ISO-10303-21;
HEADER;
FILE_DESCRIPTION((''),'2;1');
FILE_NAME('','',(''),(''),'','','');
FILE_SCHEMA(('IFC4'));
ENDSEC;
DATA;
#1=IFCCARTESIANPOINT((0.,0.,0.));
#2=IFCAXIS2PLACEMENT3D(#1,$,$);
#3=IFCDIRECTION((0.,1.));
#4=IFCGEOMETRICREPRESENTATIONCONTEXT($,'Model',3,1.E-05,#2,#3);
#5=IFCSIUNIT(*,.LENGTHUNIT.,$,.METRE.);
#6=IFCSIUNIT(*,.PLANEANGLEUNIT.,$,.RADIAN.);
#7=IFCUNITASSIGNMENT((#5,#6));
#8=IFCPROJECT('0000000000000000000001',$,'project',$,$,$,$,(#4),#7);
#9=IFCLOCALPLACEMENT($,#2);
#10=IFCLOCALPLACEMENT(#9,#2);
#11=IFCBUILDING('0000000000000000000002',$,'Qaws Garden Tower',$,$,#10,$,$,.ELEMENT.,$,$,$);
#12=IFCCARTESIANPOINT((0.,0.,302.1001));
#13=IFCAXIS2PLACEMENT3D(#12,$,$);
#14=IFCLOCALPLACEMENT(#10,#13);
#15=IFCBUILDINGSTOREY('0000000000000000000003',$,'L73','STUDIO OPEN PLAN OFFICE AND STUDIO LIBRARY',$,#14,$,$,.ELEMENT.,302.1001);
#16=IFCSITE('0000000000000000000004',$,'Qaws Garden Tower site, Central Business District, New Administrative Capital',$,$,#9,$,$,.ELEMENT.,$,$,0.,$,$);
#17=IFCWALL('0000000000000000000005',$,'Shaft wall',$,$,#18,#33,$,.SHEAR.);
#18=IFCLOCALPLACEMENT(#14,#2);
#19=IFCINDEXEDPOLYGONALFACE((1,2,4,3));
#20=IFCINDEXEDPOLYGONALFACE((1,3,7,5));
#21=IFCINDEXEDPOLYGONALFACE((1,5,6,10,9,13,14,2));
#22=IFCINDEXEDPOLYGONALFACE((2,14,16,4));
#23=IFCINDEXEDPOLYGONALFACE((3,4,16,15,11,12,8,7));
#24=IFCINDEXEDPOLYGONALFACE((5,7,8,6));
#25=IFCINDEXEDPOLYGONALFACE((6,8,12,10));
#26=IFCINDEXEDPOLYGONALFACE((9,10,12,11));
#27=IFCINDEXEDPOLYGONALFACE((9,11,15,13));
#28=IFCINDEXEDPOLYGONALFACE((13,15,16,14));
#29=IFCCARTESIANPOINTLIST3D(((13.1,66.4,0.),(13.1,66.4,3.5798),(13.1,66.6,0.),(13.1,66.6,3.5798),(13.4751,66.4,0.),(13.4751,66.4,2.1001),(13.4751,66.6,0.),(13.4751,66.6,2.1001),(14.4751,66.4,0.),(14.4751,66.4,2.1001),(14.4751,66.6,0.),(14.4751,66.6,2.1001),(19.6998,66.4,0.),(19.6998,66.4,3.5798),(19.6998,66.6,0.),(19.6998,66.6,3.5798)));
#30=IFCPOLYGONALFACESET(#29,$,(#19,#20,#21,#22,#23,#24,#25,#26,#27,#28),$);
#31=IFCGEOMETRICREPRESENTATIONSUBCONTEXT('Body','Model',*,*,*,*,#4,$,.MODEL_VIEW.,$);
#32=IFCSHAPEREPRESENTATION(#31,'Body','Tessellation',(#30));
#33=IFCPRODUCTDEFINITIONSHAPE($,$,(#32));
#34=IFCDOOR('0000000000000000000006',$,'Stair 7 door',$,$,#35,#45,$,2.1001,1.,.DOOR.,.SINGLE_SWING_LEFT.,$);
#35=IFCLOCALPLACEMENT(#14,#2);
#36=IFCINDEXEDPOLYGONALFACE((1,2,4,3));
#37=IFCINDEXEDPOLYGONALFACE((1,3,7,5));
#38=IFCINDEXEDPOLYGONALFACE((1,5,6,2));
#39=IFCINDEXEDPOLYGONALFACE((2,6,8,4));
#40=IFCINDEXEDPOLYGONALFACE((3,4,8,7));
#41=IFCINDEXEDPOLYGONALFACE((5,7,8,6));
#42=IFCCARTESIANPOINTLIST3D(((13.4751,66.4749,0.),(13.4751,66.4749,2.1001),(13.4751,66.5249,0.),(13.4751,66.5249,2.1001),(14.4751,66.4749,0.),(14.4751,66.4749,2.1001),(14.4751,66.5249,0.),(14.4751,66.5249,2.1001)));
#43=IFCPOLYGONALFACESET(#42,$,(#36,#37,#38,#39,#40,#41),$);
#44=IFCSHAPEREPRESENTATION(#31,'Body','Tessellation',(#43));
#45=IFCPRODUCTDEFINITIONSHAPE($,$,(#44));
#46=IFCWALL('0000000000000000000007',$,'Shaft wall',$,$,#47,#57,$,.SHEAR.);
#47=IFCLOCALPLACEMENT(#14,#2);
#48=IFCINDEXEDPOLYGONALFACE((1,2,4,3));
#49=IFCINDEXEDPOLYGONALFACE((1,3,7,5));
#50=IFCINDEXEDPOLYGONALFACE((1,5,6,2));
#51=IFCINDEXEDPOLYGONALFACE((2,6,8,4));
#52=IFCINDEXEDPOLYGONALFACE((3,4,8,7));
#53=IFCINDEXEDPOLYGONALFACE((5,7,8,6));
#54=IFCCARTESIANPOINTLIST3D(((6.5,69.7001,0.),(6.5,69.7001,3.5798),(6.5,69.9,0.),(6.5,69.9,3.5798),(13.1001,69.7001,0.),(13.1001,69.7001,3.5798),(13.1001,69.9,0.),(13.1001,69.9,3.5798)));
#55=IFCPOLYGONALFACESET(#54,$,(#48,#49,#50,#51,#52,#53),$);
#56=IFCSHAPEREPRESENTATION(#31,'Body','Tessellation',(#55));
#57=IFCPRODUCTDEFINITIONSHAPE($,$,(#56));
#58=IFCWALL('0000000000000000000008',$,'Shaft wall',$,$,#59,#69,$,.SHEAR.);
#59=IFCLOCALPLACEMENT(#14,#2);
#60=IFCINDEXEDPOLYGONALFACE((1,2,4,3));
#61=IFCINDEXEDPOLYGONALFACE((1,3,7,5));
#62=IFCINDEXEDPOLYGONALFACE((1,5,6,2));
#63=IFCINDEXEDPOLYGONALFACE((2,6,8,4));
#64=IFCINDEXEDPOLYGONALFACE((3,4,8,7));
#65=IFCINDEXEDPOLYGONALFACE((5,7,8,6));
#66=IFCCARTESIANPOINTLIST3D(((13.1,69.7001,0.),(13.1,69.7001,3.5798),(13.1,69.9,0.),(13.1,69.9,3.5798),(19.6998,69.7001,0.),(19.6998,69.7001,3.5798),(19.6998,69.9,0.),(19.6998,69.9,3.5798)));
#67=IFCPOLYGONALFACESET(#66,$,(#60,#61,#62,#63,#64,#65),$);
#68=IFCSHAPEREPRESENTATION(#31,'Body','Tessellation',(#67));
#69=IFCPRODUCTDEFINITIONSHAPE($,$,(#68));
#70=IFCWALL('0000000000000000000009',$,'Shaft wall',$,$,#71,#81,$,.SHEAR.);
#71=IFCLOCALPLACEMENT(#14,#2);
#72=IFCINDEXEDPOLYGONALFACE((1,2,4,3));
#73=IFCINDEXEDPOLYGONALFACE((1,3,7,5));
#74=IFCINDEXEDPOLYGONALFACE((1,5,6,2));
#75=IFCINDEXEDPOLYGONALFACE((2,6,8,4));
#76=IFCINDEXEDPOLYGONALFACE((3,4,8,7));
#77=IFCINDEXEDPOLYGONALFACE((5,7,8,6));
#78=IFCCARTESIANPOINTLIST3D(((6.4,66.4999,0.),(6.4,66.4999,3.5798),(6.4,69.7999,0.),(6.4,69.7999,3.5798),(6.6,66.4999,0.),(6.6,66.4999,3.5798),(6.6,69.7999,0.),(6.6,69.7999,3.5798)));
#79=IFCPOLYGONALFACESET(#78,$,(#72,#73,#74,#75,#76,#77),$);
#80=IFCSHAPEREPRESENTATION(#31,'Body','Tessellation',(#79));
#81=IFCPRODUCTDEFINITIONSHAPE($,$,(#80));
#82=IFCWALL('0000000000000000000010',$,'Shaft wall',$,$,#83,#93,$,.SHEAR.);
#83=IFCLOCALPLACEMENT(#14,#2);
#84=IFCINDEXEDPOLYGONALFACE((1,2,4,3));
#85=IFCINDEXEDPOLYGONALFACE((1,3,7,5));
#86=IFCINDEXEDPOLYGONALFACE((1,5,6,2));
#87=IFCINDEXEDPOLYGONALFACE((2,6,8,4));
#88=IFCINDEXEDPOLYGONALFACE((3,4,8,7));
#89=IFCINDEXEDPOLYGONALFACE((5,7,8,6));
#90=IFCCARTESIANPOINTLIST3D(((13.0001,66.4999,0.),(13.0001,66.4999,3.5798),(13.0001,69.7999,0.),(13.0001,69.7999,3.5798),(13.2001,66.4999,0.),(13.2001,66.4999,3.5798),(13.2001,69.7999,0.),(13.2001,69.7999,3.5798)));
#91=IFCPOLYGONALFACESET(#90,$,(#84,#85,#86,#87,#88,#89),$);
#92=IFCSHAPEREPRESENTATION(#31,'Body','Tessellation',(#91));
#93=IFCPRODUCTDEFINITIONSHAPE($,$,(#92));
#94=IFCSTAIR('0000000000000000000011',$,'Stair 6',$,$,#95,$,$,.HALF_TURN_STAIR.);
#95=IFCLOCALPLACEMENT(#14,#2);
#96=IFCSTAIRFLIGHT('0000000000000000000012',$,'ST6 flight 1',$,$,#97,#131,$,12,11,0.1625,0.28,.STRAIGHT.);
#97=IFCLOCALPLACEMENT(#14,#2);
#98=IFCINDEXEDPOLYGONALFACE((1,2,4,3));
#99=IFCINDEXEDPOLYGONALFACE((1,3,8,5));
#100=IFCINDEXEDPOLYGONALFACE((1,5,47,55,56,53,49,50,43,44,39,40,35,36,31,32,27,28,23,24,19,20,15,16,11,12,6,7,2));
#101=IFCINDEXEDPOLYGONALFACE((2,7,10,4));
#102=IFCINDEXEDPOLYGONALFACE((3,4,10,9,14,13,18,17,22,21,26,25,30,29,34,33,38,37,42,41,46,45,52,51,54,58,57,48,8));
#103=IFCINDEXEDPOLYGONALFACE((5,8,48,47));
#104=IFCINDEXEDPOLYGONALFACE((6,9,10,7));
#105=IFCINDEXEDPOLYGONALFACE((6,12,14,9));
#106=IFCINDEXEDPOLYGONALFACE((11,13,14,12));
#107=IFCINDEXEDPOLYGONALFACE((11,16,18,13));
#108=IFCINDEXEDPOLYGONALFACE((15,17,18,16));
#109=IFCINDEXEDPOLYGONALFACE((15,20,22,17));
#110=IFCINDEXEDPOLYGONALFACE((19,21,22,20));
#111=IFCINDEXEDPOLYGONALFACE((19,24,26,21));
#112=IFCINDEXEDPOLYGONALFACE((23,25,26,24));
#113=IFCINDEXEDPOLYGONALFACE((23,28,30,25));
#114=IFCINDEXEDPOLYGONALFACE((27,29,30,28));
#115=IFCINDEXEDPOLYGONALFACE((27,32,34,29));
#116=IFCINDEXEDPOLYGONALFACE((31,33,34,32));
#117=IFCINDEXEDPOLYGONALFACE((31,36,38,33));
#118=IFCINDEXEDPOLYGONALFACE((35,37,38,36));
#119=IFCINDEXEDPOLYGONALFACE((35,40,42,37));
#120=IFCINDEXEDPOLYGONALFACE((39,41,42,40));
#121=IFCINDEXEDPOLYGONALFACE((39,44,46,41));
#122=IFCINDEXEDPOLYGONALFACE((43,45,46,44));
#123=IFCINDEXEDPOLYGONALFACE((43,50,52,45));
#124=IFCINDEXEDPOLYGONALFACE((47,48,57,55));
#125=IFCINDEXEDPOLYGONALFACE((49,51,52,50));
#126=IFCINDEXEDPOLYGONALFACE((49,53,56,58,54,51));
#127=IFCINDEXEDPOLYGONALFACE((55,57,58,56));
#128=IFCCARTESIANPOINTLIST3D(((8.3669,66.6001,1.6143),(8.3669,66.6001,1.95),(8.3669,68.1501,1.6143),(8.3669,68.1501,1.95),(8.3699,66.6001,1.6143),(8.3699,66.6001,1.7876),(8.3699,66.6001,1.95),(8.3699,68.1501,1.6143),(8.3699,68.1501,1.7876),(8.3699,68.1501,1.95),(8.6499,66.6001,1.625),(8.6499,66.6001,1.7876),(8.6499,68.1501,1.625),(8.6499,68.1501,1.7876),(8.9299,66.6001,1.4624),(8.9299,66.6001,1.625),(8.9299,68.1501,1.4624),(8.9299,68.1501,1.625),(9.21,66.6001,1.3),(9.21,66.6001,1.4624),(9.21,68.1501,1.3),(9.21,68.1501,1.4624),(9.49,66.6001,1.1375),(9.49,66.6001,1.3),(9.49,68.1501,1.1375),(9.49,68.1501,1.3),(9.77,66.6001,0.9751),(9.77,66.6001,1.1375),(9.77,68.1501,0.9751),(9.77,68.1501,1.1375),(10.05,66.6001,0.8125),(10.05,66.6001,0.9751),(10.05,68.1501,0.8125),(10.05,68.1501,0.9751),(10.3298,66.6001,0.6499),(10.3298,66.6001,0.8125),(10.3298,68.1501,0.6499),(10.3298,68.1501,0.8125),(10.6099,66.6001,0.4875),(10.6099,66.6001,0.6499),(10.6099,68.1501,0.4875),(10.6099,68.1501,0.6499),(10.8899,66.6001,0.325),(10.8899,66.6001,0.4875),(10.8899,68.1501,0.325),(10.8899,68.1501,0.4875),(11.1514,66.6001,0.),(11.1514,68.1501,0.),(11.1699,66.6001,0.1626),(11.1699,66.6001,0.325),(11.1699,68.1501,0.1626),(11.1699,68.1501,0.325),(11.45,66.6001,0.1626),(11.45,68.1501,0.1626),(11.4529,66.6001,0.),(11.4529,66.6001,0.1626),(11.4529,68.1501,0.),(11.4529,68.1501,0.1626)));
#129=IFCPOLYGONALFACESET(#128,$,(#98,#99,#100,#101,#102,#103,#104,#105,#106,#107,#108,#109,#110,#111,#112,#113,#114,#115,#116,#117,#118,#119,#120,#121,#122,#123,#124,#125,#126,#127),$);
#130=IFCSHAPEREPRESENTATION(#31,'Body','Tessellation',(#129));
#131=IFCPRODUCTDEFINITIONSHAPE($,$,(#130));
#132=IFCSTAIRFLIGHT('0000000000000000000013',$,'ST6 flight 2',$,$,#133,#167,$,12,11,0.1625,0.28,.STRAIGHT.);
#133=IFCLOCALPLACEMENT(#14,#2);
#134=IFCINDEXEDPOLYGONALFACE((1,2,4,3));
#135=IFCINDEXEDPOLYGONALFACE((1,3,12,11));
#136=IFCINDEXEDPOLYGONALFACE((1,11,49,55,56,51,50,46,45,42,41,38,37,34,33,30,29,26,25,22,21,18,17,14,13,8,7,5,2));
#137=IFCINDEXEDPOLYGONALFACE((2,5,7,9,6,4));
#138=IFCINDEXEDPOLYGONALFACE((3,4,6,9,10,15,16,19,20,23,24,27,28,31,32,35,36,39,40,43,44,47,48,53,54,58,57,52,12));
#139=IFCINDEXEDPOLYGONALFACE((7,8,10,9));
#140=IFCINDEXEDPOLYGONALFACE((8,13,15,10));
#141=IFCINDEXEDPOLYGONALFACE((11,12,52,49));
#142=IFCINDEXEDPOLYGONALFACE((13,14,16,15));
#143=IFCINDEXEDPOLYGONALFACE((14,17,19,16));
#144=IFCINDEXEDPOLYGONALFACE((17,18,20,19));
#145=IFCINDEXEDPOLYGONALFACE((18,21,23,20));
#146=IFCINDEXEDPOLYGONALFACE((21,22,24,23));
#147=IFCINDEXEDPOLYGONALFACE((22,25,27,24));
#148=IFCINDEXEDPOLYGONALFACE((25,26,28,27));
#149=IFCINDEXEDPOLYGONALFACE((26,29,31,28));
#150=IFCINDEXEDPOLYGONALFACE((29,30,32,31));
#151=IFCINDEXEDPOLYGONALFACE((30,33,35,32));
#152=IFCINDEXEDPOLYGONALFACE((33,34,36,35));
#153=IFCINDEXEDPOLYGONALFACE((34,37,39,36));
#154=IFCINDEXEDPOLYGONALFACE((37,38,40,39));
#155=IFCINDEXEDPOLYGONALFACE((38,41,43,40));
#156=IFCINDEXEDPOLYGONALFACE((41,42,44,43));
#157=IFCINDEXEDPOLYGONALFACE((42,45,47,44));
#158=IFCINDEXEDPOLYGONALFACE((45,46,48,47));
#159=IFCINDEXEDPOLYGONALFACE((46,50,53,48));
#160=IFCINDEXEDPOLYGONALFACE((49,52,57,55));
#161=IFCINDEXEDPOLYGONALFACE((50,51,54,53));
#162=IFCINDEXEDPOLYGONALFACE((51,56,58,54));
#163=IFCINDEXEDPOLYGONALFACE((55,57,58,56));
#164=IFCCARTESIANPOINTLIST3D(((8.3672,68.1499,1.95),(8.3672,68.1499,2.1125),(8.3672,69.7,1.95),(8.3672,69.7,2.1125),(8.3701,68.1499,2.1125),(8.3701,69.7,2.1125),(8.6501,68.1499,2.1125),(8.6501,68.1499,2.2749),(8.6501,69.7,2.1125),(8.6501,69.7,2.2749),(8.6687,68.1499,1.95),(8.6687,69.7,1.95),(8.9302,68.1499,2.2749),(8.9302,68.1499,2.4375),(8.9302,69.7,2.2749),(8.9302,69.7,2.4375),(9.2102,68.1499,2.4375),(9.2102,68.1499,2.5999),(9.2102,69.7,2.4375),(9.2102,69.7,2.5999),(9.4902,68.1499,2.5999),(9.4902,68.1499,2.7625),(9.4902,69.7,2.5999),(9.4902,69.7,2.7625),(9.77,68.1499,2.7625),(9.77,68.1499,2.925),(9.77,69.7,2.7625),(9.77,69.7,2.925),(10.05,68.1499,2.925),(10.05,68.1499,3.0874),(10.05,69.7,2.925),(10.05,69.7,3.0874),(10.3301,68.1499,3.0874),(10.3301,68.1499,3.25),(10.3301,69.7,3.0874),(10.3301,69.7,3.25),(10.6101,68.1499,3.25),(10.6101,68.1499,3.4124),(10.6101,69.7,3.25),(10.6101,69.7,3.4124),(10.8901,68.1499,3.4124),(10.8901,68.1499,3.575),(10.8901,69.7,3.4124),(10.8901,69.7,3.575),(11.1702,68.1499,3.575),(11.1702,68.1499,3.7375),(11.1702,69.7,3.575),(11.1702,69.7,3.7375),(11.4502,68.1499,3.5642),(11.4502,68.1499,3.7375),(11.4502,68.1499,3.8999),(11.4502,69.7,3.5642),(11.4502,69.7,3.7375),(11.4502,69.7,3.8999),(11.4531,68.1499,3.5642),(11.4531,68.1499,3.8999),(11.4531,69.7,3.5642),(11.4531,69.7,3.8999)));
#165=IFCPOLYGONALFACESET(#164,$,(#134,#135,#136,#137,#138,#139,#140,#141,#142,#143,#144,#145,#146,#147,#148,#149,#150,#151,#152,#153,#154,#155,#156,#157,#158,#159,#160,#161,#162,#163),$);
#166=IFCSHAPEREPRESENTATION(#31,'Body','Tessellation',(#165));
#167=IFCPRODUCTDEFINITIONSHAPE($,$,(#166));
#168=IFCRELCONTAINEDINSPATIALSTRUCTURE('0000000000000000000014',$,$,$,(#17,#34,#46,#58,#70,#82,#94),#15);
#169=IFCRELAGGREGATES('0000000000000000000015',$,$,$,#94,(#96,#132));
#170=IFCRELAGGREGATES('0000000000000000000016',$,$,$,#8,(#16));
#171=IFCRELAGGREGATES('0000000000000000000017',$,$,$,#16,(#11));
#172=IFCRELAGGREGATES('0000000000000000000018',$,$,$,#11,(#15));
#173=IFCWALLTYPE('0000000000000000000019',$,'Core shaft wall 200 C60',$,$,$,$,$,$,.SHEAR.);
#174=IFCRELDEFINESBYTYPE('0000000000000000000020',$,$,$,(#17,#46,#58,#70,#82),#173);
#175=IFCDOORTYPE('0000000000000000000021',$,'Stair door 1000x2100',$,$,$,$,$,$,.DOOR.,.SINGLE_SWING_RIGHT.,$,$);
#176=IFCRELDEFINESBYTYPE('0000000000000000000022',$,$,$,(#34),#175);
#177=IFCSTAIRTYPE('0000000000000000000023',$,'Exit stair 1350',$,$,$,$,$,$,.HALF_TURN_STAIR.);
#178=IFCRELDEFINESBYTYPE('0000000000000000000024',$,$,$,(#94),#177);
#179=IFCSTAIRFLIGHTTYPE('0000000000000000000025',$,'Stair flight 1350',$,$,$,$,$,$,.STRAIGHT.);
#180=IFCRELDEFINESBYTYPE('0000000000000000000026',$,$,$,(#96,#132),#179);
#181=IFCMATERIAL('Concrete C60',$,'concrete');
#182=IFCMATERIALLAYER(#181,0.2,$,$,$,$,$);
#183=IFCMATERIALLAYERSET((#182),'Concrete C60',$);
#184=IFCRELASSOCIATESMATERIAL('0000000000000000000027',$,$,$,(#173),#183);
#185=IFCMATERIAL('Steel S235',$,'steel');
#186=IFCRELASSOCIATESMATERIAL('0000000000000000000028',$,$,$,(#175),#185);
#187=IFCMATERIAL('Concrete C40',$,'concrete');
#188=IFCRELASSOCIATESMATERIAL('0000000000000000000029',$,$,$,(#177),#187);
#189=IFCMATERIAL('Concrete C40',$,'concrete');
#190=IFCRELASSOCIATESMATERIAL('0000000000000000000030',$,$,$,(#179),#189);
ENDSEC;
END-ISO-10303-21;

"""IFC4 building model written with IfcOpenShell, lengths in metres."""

from ifc_helpers import new_model, si_unit, direction, frame, frame_2d, origin, place, context, subcontext, project, spatial, polyline, rectangle, outline, extrude, material, layer, layer_set, type_object, element, fill, aggregate, save


model = new_model("IFC4")

# Units and contexts
model_context = context("Model", 3, precision=1e-05, world=origin(), true_north=direction((0.0, 1.0)))
body_context = subcontext(model_context, "Body", "Model", "MODEL_VIEW")
ifc_project = project(units=[si_unit("LENGTHUNIT", "METRE"), si_unit("PLANEANGLEUNIT", "RADIAN")], contexts=[model_context])

# Site, building, storey
site_placement = place(None, origin())
site = spatial("IfcSite", under=ifc_project, at=site_placement, Name="Qaws Garden Tower site, Central Business District, New Administrative Capital", CompositionType="ELEMENT", RefElevation=0.0)
building_placement = place(site_placement, origin())
building = spatial("IfcBuilding", under=site, at=building_placement, Name="Qaws Garden Tower", CompositionType="ELEMENT")
storey_placement = place(building_placement, frame((0.0, 0.0, 302.1001)))
storey = spatial("IfcBuildingStorey", under=building, at=storey_placement, Name="L73", Description="STUDIO OPEN PLAN OFFICE AND STUDIO LIBRARY", CompositionType="ELEMENT", Elevation=302.1001)

# Wall, opening, door
ifc_material_1 = material(Name="Concrete C60", Category="concrete")
ifc_layer_1 = layer(ifc_material_1, 0.2)
ifc_layer_set_1 = layer_set([ifc_layer_1], Name="Concrete C60")
wall_type_1 = type_object("IfcWallType", Name="Core shaft wall 200 C60", PredefinedType="SHEAR", material=ifc_layer_set_1)
ifc_material_2 = material(Name="Steel S235", Category="steel")
door_type = type_object("IfcDoorType", Name="Stair door 1000x2100", OperationType="SINGLE_SWING_RIGHT", PredefinedType="DOOR", material=ifc_material_2)
wall_1_placement = place(storey_placement, frame((13.1001, 66.5, 0.0), z_axis=(0.0, 0.0, 1.0), x_axis=(1.0, 0.0, 0.0)))
wall_1 = element("IfcWall", 1, at=wall_1_placement, inside=storey, type_object=wall_type_1, Name="Shaft wall", PredefinedType="SHEAR", context=body_context, shape_type="SweptSolid", body=[
    extrude(rectangle(XDim=6.5999, YDim=0.2, at=frame_2d((3.2998, 0.0))), origin(), (0.0, 0.0, 1.0), 3.5798),
])
opening_1_placement = place(wall_1_placement, frame((0.375, 0.0, 0.0)))
opening_1 = element("IfcOpeningElement", 2, at=opening_1_placement, cuts=wall_1, PredefinedType="OPENING", context=body_context, shape_type="SweptSolid", body=[
    extrude(rectangle(XDim=1.0, YDim=2.1001, at=frame_2d((0.5, 1.05))), frame((0.0, 0.1099, 0.0), z_axis=(0.0, -1.0, 0.0), x_axis=(1.0, 0.0, 0.0)), (0.0, 0.0, 1.0), 0.22),
])
door_1_placement = place(opening_1_placement, origin())
door_1 = element("IfcDoor", 3, at=door_1_placement, inside=storey, type_object=door_type, Name="Stair 7 door", OperationType="SINGLE_SWING_LEFT", OverallHeight=2.1001, OverallWidth=1.0, PredefinedType="DOOR", context=body_context, shape_type="SweptSolid", body=[
    extrude(rectangle(XDim=1.0, YDim=2.1001, at=frame_2d((0.5, 1.05))), frame((0.0, 0.0249, 0.0), z_axis=(0.0, -1.0, 0.0), x_axis=(1.0, 0.0, 0.0)), (0.0, 0.0, 1.0), 0.05),
])
fill(opening_1, door_1)

# Walls
wall_2_placement = place(storey_placement, frame((6.5, 69.8, 0.0), z_axis=(0.0, 0.0, 1.0), x_axis=(1.0, 0.0, 0.0)))
element("IfcWall", 4, at=wall_2_placement, inside=storey, type_object=wall_type_1, Name="Shaft wall", PredefinedType="SHEAR", context=body_context, shape_type="SweptSolid", body=[
    extrude(rectangle(XDim=6.6001, YDim=0.2, at=frame_2d((3.3, 0.0))), origin(), (0.0, 0.0, 1.0), 3.5798),
])
wall_3_placement = place(storey_placement, frame((13.1001, 69.8, 0.0), z_axis=(0.0, 0.0, 1.0), x_axis=(1.0, 0.0, 0.0)))
element("IfcWall", 5, at=wall_3_placement, inside=storey, type_object=wall_type_1, Name="Shaft wall", PredefinedType="SHEAR", context=body_context, shape_type="SweptSolid", body=[
    extrude(rectangle(XDim=6.5999, YDim=0.2, at=frame_2d((3.2998, 0.0))), origin(), (0.0, 0.0, 1.0), 3.5798),
])
for number, where, z_axis, x_axis, name in (
    (6, (6.5, 66.5, 0.0), (0.0, 0.0, 1.0), (0.0, 1.0, 0.0), "Shaft wall"),
    (7, (13.1001, 66.5, 0.0), (0.0, 0.0, 1.0), (0.0, 1.0, 0.0), "Shaft wall"),
):
    element("IfcWall", number, at=place(storey_placement, frame(where, z_axis=z_axis, x_axis=x_axis)), inside=storey, type_object=wall_type_1, Name=name, PredefinedType="SHEAR", context=body_context, shape_type="SweptSolid", body=[
        extrude(rectangle(XDim=3.3, YDim=0.2, at=frame_2d((1.6499, 0.0))), origin(), (0.0, 0.0, 1.0), 3.5798),
    ])

# Stair, stair flights
ifc_material_3 = material(Name="Concrete C40", Category="concrete")
stair_type = type_object("IfcStairType", Name="Exit stair 1350", PredefinedType="HALF_TURN_STAIR", material=ifc_material_3)
stair_placement = place(storey_placement, origin())
stair = element("IfcStair", 8, at=stair_placement, inside=storey, type_object=stair_type, Name="Stair 6", PredefinedType="HALF_TURN_STAIR")
ifc_material_4 = material(Name="Concrete C40", Category="concrete")
stair_flight_type = type_object("IfcStairFlightType", Name="Stair flight 1350", PredefinedType="STRAIGHT", material=ifc_material_4)
stair_flight_1_placement = place(storey_placement, frame((11.45, 67.375, 0.0), z_axis=(0.0, 0.0, 1.0), x_axis=(-1.0, 0.0, 0.0)))
stair_flight_1 = element("IfcStairFlight", 9, at=stair_flight_1_placement, type_object=stair_flight_type, Name="ST6 flight 1", NumberOfRisers=12, NumberOfTreads=11, PredefinedType="STRAIGHT", RiserHeight=0.1625, TreadLength=0.28, context=body_context, shape_type="SweptSolid", body=[
    extrude(outline(polyline([(-0.0029, 0.0), (-0.0029, 0.1626), (0.0, 0.1626), (0.28, 0.1626), (0.28, 0.325), (0.5601, 0.325), (0.5601, 0.4875), (0.8401, 0.4875), (0.8401, 0.6499), (1.1201, 0.6499), (1.1201, 0.8125), (1.3999, 0.8125), (1.3999, 0.9751), (1.6799, 0.9751), (1.6799, 1.1375), (1.96, 1.1375), (1.96, 1.3), (2.24, 1.3), (2.24, 1.4624), (2.52, 1.4624), (2.52, 1.625), (2.8, 1.625), (2.8, 1.7876), (3.0801, 1.7876), (3.0801, 1.95), (3.083, 1.95), (3.083, 1.6143), (3.0801, 1.6143), (0.2986, 0.0), (-0.0029, 0.0)])), frame((0.0, 0.7749, 0.0), z_axis=(0.0, -1.0, 0.0), x_axis=(1.0, 0.0, 0.0)), (0.0, 0.0, 1.0), 1.55),
])
stair_flight_2_placement = place(storey_placement, frame((8.3701, 68.925, 1.95), z_axis=(0.0, 0.0, 1.0), x_axis=(1.0, 0.0, 0.0)))
stair_flight_2 = element("IfcStairFlight", 10, at=stair_flight_2_placement, type_object=stair_flight_type, Name="ST6 flight 2", NumberOfRisers=12, NumberOfTreads=11, PredefinedType="STRAIGHT", RiserHeight=0.1625, TreadLength=0.28, context=body_context, shape_type="SweptSolid", body=[
    extrude(outline(polyline([(-0.0029, 0.0), (-0.0029, 0.1626), (0.0, 0.1626), (0.28, 0.1626), (0.28, 0.325), (0.5601, 0.325), (0.5601, 0.4875), (0.8401, 0.4875), (0.8401, 0.6499), (1.1201, 0.6499), (1.1201, 0.8125), (1.3999, 0.8125), (1.3999, 0.9751), (1.6799, 0.9751), (1.6799, 1.1375), (1.96, 1.1375), (1.96, 1.3), (2.24, 1.3), (2.24, 1.4624), (2.52, 1.4624), (2.52, 1.625), (2.8, 1.625), (2.8, 1.7876), (3.0801, 1.7876), (3.0801, 1.95), (3.083, 1.95), (3.083, 1.6143), (3.0801, 1.6143), (0.2986, 0.0), (-0.0029, 0.0)])), frame((0.0, 0.7749, 0.0), z_axis=(0.0, -1.0, 0.0), x_axis=(1.0, 0.0, 0.0)), (0.0, 0.0, 1.0), 1.55),
])
aggregate(stair, [stair_flight_1, stair_flight_2])

save(model, "model.ifc")
